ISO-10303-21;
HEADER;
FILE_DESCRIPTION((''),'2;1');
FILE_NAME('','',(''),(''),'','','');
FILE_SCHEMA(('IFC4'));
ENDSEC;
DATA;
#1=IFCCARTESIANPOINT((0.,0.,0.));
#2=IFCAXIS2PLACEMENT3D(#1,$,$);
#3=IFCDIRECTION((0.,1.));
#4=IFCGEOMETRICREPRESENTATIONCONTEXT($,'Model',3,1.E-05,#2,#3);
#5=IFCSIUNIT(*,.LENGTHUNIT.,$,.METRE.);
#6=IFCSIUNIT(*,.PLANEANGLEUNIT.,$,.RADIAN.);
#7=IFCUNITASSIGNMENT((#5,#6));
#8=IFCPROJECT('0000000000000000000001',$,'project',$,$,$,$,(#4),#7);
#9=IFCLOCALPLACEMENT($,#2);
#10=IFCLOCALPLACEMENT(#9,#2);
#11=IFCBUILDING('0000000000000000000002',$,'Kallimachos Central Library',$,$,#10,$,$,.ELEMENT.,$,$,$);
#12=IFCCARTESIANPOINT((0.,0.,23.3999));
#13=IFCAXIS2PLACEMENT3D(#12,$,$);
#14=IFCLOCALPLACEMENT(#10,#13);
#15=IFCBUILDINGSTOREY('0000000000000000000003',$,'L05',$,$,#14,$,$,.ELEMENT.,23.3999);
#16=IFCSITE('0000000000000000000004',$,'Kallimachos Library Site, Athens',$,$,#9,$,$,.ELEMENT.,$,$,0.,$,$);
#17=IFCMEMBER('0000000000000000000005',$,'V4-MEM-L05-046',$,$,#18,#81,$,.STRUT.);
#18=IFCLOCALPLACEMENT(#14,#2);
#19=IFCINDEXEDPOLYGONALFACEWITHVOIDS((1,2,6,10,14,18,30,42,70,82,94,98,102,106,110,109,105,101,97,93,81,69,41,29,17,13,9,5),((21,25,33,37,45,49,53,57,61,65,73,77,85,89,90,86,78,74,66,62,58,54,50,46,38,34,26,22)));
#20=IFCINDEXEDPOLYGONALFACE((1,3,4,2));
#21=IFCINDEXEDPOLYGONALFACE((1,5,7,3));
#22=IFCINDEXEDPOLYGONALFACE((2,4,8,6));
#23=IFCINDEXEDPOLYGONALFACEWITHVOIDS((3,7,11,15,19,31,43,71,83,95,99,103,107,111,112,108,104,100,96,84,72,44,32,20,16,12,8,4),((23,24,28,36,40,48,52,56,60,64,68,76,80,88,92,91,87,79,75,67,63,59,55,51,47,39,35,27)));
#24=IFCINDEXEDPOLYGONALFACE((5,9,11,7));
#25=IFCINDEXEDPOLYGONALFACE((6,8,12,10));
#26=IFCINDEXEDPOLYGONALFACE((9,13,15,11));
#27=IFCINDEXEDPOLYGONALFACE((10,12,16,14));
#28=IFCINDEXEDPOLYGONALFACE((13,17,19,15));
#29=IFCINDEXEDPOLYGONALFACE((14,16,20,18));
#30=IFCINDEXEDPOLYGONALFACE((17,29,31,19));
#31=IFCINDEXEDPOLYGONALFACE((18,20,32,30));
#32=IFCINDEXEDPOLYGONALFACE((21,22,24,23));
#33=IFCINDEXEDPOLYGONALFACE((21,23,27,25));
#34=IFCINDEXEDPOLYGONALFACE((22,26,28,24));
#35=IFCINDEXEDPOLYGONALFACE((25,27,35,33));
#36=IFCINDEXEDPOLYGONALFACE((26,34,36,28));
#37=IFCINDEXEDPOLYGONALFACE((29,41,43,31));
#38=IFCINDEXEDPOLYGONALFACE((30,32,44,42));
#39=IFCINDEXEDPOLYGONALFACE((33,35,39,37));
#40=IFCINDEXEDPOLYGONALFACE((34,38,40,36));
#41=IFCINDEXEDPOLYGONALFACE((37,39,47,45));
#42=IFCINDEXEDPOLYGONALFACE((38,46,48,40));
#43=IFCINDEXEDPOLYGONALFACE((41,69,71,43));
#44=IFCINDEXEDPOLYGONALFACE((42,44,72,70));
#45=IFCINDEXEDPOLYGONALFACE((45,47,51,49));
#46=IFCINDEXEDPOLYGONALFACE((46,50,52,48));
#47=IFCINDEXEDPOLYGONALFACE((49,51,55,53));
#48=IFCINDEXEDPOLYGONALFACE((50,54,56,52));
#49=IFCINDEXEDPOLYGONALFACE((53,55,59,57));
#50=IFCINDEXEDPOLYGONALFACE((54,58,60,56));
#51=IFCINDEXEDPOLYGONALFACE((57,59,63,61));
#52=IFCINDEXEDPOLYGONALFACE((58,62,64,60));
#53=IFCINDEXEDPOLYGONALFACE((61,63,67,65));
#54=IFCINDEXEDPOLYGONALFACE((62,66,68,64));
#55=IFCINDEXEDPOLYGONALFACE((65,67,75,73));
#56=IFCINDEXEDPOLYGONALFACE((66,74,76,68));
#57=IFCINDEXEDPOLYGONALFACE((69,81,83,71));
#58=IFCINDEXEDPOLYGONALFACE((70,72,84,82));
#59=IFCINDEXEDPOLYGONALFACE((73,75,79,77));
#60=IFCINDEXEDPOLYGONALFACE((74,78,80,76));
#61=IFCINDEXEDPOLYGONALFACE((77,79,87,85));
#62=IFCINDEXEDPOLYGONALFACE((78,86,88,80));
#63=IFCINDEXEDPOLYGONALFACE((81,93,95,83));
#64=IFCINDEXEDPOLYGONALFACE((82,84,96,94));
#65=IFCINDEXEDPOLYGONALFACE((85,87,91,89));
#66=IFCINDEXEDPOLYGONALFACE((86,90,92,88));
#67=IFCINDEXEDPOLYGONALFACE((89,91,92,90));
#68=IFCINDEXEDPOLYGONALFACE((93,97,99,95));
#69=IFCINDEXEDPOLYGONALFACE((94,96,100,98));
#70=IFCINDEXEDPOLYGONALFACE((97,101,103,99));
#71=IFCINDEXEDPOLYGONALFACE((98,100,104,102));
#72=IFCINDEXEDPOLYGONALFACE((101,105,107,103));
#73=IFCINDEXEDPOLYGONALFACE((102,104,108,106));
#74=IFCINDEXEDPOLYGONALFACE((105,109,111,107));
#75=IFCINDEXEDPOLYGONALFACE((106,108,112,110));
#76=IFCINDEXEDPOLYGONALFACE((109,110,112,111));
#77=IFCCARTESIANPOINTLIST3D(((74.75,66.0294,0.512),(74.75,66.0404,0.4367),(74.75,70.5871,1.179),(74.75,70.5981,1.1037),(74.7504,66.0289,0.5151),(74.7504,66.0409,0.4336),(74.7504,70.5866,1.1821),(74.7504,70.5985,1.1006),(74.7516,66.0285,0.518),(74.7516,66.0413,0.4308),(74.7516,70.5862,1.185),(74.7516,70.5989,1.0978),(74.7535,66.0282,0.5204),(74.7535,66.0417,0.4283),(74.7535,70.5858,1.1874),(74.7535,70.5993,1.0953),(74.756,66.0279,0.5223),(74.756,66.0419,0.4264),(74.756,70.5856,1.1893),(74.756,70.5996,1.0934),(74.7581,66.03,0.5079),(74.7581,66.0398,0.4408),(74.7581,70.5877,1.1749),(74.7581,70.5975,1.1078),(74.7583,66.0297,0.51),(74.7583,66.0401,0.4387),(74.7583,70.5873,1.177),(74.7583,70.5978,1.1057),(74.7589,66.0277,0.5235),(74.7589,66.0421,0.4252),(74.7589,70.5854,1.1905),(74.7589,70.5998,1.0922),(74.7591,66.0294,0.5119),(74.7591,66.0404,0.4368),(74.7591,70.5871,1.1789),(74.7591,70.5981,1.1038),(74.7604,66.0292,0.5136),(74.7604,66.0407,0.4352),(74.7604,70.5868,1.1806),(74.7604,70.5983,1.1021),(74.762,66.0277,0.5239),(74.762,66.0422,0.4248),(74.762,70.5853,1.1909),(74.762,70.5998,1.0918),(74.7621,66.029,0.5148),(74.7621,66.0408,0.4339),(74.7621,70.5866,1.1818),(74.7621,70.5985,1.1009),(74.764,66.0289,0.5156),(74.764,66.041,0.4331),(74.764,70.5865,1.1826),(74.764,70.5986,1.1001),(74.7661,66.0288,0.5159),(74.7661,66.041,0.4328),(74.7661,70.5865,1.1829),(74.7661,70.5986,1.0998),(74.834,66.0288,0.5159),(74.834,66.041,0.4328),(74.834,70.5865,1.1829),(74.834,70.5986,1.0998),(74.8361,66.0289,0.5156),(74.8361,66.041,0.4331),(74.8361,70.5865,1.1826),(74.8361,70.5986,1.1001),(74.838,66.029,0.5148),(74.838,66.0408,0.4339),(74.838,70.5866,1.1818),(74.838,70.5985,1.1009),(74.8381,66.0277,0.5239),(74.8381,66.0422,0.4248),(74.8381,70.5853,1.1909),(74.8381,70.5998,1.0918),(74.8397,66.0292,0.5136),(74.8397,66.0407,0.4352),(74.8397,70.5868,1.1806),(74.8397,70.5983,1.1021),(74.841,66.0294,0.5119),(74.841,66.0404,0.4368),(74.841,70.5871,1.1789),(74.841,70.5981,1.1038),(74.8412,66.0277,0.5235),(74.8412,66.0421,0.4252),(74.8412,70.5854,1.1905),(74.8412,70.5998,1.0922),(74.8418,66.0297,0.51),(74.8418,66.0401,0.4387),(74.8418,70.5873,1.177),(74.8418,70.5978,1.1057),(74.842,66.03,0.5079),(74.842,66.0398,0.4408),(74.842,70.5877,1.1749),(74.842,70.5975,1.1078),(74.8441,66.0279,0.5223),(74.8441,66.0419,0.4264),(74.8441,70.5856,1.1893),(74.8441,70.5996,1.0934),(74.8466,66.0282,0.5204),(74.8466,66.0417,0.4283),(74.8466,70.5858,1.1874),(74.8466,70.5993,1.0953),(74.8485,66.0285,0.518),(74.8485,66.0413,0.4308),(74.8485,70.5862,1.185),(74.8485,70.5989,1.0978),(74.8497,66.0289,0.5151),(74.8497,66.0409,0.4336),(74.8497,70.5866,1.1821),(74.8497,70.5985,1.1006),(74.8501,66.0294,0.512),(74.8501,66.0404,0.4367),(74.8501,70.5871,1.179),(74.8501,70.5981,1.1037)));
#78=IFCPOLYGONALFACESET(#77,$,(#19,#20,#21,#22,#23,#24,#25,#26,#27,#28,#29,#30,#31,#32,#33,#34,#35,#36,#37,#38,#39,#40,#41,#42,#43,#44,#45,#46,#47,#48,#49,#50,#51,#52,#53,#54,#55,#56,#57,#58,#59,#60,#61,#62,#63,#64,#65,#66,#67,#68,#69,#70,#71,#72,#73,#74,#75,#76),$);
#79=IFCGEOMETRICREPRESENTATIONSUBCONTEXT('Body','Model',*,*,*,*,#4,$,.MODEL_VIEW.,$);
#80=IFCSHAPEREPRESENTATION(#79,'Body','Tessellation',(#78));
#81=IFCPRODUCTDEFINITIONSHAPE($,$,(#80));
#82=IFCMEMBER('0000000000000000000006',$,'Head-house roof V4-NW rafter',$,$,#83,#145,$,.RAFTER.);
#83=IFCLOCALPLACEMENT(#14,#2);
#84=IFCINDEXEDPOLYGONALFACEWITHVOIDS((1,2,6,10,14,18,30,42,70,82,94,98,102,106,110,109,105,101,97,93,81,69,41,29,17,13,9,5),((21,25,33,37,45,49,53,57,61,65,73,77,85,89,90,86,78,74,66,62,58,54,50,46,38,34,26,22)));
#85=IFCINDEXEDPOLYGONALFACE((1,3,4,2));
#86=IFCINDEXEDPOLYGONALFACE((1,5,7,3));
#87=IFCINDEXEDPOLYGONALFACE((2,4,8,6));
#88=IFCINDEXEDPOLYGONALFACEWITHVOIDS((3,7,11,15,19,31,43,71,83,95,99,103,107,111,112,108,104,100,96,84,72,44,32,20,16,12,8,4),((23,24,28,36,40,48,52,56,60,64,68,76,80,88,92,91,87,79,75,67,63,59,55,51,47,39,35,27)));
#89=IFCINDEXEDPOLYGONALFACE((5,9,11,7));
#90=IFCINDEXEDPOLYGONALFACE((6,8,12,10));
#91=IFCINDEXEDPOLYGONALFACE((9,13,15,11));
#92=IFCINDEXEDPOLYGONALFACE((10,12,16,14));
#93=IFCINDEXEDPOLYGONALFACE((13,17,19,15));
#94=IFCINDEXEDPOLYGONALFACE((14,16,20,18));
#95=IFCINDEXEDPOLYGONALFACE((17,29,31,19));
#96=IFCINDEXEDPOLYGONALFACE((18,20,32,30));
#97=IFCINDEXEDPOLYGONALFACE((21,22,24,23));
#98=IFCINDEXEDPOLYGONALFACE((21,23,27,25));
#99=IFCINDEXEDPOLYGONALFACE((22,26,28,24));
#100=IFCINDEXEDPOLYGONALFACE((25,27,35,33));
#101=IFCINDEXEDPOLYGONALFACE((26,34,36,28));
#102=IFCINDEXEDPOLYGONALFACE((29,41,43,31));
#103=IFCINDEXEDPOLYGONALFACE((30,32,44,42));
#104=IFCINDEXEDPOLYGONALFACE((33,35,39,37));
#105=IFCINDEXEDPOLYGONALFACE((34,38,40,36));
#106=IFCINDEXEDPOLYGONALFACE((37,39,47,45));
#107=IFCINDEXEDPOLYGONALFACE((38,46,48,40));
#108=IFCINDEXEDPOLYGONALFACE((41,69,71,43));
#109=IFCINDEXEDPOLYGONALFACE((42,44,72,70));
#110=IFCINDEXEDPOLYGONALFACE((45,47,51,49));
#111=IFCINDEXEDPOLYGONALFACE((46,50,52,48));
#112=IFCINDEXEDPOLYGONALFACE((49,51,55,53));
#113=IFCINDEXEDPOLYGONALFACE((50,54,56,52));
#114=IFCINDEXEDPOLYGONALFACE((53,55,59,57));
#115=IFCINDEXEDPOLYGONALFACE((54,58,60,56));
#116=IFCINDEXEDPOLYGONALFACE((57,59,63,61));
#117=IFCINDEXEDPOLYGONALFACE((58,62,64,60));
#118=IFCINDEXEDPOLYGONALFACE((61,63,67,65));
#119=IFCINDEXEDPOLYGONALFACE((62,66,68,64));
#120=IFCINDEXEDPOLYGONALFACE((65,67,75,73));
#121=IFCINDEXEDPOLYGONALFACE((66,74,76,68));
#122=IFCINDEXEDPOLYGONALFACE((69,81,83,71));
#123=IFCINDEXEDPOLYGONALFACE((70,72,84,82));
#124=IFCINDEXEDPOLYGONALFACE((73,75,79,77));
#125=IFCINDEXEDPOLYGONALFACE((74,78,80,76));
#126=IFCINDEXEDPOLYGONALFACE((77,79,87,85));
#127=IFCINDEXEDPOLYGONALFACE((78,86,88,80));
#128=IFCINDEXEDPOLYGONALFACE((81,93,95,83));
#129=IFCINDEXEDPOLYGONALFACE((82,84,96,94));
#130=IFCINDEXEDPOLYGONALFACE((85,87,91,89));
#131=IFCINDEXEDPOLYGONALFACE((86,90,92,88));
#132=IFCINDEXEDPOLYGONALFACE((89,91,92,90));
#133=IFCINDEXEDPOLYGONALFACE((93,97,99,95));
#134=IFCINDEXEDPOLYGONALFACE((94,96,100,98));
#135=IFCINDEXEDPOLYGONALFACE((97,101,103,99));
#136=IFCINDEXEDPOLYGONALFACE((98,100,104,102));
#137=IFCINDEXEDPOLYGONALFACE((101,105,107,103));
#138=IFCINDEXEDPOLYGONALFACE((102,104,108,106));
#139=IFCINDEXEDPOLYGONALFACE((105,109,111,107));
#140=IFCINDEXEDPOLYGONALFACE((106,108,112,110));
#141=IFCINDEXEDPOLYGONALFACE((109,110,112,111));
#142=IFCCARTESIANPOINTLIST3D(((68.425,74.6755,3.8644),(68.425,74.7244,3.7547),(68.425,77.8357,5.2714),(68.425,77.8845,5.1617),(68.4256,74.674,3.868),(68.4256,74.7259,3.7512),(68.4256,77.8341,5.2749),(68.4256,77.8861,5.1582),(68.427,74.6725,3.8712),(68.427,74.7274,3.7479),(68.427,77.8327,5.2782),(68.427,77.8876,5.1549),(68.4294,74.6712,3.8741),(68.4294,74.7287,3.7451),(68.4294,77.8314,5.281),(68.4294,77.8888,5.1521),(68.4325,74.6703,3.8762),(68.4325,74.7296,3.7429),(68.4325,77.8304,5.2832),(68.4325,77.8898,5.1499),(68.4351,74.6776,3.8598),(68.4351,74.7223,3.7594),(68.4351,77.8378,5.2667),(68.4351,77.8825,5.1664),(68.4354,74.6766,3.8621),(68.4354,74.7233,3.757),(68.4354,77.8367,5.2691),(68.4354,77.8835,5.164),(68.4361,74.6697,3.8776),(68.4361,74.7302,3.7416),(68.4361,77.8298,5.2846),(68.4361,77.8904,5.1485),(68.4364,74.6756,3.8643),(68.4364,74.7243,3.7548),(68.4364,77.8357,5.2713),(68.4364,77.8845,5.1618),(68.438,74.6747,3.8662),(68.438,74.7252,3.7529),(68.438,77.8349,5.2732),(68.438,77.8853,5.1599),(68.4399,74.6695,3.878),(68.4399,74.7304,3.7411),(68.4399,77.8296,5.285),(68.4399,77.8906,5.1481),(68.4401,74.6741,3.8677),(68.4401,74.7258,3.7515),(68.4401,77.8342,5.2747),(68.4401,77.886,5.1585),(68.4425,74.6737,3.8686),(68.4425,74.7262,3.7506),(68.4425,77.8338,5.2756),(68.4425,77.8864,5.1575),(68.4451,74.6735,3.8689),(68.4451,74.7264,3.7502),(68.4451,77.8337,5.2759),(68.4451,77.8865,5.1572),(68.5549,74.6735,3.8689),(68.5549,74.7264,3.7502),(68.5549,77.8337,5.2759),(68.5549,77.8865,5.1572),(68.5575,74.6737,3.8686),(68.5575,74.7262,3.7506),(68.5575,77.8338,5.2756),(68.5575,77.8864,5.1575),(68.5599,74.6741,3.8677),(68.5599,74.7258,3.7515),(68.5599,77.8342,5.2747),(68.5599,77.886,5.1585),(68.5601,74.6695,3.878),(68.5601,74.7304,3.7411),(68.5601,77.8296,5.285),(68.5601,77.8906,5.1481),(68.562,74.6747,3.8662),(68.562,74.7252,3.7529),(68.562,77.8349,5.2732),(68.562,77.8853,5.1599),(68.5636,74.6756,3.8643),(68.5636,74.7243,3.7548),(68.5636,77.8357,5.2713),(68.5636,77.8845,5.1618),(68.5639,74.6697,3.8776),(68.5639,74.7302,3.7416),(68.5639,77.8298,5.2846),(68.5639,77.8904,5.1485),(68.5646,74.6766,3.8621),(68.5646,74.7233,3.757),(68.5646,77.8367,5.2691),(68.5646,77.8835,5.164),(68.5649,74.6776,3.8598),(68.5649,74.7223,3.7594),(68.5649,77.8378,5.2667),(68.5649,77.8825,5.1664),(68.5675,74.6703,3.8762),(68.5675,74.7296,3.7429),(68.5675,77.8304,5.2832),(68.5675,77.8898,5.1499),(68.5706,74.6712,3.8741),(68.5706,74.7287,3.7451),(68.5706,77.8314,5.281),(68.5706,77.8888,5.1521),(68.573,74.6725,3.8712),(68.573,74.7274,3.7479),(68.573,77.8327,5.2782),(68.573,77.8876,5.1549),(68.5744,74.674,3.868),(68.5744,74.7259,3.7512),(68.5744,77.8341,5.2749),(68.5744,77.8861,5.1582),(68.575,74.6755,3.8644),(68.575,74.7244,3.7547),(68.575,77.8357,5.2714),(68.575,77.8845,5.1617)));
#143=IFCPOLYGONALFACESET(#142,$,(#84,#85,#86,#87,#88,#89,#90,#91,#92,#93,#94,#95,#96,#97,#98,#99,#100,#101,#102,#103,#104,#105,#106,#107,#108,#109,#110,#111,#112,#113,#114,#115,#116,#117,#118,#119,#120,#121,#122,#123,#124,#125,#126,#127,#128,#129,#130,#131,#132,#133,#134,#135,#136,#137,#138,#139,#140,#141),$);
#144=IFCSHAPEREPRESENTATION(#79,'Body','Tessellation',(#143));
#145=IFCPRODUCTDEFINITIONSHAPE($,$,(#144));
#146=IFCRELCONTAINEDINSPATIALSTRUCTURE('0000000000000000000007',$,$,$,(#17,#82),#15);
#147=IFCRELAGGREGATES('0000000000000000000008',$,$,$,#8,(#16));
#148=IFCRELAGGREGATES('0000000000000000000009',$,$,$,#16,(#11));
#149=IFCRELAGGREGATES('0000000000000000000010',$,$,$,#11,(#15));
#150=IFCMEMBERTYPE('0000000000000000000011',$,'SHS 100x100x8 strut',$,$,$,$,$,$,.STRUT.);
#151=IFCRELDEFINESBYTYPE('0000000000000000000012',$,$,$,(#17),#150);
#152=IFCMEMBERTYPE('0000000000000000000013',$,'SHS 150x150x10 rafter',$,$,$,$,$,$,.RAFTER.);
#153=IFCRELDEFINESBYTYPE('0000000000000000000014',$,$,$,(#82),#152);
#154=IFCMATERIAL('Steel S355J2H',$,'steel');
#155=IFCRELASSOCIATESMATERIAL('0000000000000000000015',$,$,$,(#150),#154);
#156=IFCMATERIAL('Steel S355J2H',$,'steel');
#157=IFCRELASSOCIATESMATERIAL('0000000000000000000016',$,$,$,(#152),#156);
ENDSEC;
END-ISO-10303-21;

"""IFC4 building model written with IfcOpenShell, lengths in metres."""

from ifc_helpers import new_model, si_unit, direction, frame, origin, origin_2d, place, context, subcontext, project, spatial, hollow_rectangle, extrude, material, material_profile, profile_set, type_object, element, save


model = new_model("IFC4")

# Units and contexts
model_context = context("Model", 3, precision=1e-05, world=origin(), true_north=direction((0.0, 1.0)))
body_context = subcontext(model_context, "Body", "Model", "MODEL_VIEW")
ifc_project = project(units=[si_unit("LENGTHUNIT", "METRE"), si_unit("PLANEANGLEUNIT", "RADIAN")], contexts=[model_context])

# Site, building, storey
site_placement = place(None, origin())
site = spatial("IfcSite", under=ifc_project, at=site_placement, Name="Kallimachos Library Site, Athens", CompositionType="ELEMENT", RefElevation=0.0)
building_placement = place(site_placement, origin())
building = spatial("IfcBuilding", under=site, at=building_placement, Name="Kallimachos Central Library", CompositionType="ELEMENT")
storey_placement = place(building_placement, frame((0.0, 0.0, 23.3999)))
storey = spatial("IfcBuildingStorey", under=building, at=storey_placement, Name="L05", CompositionType="ELEMENT", Elevation=23.3999)

# Members
ifc_material_1 = material(Name="Steel S355J2H", Category="steel")
ifc_material_profile_1 = material_profile(ifc_material_1, hollow_rectangle(XDim=0.1001, YDim=0.1001, WallThickness=0.0081, InnerFilletRadius=0.0081, OuterFilletRadius=0.012, at=origin_2d()), Name="SHS 100x100x8")
ifc_profile_set_1 = profile_set([ifc_material_profile_1], Name="Steel S355J2H")
member_type_1 = type_object("IfcMemberType", Name="SHS 100x100x8 strut", PredefinedType="STRUT", material=ifc_profile_set_1)
member_1_placement = place(storey_placement, frame((74.8, 66.0349, 0.4744), z_axis=(0.0, 0.98946, 0.144804), x_axis=(-1.0, 0.0, 0.0)))
element("IfcMember", 1, at=member_1_placement, inside=storey, type_object=member_type_1, Name="V4-MEM-L05-046", PredefinedType="STRUT", context=body_context, shape_type="SweptSolid", body=[
    extrude(hollow_rectangle(XDim=0.1001, YDim=0.1001, WallThickness=0.0081, InnerFilletRadius=0.0081, OuterFilletRadius=0.012, at=origin_2d()), origin(), (0.0, 0.0, 1.0), 4.6062),
])
ifc_material_2 = material(Name="Steel S355J2H", Category="steel")
ifc_material_profile_2 = material_profile(ifc_material_2, hollow_rectangle(XDim=0.1499, YDim=0.1499, WallThickness=0.01, InnerFilletRadius=0.01, OuterFilletRadius=0.0149, at=origin_2d()), Name="SHS 150x150x10")
ifc_profile_set_2 = profile_set([ifc_material_profile_2], Name="Steel S355J2H")
member_type_2 = type_object("IfcMemberType", Name="SHS 150x150x10 rafter", PredefinedType="RAFTER", material=ifc_profile_set_2)
member_2_placement = place(storey_placement, frame((68.5, 74.7, 3.8096), z_axis=(0.0, 0.913547, 0.406734), x_axis=(-1.0, 0.0, 0.0)))
element("IfcMember", 2, at=member_2_placement, inside=storey, type_object=member_type_2, Name="Head-house roof V4-NW rafter", PredefinedType="RAFTER", context=body_context, shape_type="SweptSolid", body=[
    extrude(hollow_rectangle(XDim=0.1499, YDim=0.1499, WallThickness=0.01, InnerFilletRadius=0.01, OuterFilletRadius=0.0149, at=origin_2d()), origin(), (0.0, 0.0, 1.0), 3.4592),
])

save(model, "model.ifc")
